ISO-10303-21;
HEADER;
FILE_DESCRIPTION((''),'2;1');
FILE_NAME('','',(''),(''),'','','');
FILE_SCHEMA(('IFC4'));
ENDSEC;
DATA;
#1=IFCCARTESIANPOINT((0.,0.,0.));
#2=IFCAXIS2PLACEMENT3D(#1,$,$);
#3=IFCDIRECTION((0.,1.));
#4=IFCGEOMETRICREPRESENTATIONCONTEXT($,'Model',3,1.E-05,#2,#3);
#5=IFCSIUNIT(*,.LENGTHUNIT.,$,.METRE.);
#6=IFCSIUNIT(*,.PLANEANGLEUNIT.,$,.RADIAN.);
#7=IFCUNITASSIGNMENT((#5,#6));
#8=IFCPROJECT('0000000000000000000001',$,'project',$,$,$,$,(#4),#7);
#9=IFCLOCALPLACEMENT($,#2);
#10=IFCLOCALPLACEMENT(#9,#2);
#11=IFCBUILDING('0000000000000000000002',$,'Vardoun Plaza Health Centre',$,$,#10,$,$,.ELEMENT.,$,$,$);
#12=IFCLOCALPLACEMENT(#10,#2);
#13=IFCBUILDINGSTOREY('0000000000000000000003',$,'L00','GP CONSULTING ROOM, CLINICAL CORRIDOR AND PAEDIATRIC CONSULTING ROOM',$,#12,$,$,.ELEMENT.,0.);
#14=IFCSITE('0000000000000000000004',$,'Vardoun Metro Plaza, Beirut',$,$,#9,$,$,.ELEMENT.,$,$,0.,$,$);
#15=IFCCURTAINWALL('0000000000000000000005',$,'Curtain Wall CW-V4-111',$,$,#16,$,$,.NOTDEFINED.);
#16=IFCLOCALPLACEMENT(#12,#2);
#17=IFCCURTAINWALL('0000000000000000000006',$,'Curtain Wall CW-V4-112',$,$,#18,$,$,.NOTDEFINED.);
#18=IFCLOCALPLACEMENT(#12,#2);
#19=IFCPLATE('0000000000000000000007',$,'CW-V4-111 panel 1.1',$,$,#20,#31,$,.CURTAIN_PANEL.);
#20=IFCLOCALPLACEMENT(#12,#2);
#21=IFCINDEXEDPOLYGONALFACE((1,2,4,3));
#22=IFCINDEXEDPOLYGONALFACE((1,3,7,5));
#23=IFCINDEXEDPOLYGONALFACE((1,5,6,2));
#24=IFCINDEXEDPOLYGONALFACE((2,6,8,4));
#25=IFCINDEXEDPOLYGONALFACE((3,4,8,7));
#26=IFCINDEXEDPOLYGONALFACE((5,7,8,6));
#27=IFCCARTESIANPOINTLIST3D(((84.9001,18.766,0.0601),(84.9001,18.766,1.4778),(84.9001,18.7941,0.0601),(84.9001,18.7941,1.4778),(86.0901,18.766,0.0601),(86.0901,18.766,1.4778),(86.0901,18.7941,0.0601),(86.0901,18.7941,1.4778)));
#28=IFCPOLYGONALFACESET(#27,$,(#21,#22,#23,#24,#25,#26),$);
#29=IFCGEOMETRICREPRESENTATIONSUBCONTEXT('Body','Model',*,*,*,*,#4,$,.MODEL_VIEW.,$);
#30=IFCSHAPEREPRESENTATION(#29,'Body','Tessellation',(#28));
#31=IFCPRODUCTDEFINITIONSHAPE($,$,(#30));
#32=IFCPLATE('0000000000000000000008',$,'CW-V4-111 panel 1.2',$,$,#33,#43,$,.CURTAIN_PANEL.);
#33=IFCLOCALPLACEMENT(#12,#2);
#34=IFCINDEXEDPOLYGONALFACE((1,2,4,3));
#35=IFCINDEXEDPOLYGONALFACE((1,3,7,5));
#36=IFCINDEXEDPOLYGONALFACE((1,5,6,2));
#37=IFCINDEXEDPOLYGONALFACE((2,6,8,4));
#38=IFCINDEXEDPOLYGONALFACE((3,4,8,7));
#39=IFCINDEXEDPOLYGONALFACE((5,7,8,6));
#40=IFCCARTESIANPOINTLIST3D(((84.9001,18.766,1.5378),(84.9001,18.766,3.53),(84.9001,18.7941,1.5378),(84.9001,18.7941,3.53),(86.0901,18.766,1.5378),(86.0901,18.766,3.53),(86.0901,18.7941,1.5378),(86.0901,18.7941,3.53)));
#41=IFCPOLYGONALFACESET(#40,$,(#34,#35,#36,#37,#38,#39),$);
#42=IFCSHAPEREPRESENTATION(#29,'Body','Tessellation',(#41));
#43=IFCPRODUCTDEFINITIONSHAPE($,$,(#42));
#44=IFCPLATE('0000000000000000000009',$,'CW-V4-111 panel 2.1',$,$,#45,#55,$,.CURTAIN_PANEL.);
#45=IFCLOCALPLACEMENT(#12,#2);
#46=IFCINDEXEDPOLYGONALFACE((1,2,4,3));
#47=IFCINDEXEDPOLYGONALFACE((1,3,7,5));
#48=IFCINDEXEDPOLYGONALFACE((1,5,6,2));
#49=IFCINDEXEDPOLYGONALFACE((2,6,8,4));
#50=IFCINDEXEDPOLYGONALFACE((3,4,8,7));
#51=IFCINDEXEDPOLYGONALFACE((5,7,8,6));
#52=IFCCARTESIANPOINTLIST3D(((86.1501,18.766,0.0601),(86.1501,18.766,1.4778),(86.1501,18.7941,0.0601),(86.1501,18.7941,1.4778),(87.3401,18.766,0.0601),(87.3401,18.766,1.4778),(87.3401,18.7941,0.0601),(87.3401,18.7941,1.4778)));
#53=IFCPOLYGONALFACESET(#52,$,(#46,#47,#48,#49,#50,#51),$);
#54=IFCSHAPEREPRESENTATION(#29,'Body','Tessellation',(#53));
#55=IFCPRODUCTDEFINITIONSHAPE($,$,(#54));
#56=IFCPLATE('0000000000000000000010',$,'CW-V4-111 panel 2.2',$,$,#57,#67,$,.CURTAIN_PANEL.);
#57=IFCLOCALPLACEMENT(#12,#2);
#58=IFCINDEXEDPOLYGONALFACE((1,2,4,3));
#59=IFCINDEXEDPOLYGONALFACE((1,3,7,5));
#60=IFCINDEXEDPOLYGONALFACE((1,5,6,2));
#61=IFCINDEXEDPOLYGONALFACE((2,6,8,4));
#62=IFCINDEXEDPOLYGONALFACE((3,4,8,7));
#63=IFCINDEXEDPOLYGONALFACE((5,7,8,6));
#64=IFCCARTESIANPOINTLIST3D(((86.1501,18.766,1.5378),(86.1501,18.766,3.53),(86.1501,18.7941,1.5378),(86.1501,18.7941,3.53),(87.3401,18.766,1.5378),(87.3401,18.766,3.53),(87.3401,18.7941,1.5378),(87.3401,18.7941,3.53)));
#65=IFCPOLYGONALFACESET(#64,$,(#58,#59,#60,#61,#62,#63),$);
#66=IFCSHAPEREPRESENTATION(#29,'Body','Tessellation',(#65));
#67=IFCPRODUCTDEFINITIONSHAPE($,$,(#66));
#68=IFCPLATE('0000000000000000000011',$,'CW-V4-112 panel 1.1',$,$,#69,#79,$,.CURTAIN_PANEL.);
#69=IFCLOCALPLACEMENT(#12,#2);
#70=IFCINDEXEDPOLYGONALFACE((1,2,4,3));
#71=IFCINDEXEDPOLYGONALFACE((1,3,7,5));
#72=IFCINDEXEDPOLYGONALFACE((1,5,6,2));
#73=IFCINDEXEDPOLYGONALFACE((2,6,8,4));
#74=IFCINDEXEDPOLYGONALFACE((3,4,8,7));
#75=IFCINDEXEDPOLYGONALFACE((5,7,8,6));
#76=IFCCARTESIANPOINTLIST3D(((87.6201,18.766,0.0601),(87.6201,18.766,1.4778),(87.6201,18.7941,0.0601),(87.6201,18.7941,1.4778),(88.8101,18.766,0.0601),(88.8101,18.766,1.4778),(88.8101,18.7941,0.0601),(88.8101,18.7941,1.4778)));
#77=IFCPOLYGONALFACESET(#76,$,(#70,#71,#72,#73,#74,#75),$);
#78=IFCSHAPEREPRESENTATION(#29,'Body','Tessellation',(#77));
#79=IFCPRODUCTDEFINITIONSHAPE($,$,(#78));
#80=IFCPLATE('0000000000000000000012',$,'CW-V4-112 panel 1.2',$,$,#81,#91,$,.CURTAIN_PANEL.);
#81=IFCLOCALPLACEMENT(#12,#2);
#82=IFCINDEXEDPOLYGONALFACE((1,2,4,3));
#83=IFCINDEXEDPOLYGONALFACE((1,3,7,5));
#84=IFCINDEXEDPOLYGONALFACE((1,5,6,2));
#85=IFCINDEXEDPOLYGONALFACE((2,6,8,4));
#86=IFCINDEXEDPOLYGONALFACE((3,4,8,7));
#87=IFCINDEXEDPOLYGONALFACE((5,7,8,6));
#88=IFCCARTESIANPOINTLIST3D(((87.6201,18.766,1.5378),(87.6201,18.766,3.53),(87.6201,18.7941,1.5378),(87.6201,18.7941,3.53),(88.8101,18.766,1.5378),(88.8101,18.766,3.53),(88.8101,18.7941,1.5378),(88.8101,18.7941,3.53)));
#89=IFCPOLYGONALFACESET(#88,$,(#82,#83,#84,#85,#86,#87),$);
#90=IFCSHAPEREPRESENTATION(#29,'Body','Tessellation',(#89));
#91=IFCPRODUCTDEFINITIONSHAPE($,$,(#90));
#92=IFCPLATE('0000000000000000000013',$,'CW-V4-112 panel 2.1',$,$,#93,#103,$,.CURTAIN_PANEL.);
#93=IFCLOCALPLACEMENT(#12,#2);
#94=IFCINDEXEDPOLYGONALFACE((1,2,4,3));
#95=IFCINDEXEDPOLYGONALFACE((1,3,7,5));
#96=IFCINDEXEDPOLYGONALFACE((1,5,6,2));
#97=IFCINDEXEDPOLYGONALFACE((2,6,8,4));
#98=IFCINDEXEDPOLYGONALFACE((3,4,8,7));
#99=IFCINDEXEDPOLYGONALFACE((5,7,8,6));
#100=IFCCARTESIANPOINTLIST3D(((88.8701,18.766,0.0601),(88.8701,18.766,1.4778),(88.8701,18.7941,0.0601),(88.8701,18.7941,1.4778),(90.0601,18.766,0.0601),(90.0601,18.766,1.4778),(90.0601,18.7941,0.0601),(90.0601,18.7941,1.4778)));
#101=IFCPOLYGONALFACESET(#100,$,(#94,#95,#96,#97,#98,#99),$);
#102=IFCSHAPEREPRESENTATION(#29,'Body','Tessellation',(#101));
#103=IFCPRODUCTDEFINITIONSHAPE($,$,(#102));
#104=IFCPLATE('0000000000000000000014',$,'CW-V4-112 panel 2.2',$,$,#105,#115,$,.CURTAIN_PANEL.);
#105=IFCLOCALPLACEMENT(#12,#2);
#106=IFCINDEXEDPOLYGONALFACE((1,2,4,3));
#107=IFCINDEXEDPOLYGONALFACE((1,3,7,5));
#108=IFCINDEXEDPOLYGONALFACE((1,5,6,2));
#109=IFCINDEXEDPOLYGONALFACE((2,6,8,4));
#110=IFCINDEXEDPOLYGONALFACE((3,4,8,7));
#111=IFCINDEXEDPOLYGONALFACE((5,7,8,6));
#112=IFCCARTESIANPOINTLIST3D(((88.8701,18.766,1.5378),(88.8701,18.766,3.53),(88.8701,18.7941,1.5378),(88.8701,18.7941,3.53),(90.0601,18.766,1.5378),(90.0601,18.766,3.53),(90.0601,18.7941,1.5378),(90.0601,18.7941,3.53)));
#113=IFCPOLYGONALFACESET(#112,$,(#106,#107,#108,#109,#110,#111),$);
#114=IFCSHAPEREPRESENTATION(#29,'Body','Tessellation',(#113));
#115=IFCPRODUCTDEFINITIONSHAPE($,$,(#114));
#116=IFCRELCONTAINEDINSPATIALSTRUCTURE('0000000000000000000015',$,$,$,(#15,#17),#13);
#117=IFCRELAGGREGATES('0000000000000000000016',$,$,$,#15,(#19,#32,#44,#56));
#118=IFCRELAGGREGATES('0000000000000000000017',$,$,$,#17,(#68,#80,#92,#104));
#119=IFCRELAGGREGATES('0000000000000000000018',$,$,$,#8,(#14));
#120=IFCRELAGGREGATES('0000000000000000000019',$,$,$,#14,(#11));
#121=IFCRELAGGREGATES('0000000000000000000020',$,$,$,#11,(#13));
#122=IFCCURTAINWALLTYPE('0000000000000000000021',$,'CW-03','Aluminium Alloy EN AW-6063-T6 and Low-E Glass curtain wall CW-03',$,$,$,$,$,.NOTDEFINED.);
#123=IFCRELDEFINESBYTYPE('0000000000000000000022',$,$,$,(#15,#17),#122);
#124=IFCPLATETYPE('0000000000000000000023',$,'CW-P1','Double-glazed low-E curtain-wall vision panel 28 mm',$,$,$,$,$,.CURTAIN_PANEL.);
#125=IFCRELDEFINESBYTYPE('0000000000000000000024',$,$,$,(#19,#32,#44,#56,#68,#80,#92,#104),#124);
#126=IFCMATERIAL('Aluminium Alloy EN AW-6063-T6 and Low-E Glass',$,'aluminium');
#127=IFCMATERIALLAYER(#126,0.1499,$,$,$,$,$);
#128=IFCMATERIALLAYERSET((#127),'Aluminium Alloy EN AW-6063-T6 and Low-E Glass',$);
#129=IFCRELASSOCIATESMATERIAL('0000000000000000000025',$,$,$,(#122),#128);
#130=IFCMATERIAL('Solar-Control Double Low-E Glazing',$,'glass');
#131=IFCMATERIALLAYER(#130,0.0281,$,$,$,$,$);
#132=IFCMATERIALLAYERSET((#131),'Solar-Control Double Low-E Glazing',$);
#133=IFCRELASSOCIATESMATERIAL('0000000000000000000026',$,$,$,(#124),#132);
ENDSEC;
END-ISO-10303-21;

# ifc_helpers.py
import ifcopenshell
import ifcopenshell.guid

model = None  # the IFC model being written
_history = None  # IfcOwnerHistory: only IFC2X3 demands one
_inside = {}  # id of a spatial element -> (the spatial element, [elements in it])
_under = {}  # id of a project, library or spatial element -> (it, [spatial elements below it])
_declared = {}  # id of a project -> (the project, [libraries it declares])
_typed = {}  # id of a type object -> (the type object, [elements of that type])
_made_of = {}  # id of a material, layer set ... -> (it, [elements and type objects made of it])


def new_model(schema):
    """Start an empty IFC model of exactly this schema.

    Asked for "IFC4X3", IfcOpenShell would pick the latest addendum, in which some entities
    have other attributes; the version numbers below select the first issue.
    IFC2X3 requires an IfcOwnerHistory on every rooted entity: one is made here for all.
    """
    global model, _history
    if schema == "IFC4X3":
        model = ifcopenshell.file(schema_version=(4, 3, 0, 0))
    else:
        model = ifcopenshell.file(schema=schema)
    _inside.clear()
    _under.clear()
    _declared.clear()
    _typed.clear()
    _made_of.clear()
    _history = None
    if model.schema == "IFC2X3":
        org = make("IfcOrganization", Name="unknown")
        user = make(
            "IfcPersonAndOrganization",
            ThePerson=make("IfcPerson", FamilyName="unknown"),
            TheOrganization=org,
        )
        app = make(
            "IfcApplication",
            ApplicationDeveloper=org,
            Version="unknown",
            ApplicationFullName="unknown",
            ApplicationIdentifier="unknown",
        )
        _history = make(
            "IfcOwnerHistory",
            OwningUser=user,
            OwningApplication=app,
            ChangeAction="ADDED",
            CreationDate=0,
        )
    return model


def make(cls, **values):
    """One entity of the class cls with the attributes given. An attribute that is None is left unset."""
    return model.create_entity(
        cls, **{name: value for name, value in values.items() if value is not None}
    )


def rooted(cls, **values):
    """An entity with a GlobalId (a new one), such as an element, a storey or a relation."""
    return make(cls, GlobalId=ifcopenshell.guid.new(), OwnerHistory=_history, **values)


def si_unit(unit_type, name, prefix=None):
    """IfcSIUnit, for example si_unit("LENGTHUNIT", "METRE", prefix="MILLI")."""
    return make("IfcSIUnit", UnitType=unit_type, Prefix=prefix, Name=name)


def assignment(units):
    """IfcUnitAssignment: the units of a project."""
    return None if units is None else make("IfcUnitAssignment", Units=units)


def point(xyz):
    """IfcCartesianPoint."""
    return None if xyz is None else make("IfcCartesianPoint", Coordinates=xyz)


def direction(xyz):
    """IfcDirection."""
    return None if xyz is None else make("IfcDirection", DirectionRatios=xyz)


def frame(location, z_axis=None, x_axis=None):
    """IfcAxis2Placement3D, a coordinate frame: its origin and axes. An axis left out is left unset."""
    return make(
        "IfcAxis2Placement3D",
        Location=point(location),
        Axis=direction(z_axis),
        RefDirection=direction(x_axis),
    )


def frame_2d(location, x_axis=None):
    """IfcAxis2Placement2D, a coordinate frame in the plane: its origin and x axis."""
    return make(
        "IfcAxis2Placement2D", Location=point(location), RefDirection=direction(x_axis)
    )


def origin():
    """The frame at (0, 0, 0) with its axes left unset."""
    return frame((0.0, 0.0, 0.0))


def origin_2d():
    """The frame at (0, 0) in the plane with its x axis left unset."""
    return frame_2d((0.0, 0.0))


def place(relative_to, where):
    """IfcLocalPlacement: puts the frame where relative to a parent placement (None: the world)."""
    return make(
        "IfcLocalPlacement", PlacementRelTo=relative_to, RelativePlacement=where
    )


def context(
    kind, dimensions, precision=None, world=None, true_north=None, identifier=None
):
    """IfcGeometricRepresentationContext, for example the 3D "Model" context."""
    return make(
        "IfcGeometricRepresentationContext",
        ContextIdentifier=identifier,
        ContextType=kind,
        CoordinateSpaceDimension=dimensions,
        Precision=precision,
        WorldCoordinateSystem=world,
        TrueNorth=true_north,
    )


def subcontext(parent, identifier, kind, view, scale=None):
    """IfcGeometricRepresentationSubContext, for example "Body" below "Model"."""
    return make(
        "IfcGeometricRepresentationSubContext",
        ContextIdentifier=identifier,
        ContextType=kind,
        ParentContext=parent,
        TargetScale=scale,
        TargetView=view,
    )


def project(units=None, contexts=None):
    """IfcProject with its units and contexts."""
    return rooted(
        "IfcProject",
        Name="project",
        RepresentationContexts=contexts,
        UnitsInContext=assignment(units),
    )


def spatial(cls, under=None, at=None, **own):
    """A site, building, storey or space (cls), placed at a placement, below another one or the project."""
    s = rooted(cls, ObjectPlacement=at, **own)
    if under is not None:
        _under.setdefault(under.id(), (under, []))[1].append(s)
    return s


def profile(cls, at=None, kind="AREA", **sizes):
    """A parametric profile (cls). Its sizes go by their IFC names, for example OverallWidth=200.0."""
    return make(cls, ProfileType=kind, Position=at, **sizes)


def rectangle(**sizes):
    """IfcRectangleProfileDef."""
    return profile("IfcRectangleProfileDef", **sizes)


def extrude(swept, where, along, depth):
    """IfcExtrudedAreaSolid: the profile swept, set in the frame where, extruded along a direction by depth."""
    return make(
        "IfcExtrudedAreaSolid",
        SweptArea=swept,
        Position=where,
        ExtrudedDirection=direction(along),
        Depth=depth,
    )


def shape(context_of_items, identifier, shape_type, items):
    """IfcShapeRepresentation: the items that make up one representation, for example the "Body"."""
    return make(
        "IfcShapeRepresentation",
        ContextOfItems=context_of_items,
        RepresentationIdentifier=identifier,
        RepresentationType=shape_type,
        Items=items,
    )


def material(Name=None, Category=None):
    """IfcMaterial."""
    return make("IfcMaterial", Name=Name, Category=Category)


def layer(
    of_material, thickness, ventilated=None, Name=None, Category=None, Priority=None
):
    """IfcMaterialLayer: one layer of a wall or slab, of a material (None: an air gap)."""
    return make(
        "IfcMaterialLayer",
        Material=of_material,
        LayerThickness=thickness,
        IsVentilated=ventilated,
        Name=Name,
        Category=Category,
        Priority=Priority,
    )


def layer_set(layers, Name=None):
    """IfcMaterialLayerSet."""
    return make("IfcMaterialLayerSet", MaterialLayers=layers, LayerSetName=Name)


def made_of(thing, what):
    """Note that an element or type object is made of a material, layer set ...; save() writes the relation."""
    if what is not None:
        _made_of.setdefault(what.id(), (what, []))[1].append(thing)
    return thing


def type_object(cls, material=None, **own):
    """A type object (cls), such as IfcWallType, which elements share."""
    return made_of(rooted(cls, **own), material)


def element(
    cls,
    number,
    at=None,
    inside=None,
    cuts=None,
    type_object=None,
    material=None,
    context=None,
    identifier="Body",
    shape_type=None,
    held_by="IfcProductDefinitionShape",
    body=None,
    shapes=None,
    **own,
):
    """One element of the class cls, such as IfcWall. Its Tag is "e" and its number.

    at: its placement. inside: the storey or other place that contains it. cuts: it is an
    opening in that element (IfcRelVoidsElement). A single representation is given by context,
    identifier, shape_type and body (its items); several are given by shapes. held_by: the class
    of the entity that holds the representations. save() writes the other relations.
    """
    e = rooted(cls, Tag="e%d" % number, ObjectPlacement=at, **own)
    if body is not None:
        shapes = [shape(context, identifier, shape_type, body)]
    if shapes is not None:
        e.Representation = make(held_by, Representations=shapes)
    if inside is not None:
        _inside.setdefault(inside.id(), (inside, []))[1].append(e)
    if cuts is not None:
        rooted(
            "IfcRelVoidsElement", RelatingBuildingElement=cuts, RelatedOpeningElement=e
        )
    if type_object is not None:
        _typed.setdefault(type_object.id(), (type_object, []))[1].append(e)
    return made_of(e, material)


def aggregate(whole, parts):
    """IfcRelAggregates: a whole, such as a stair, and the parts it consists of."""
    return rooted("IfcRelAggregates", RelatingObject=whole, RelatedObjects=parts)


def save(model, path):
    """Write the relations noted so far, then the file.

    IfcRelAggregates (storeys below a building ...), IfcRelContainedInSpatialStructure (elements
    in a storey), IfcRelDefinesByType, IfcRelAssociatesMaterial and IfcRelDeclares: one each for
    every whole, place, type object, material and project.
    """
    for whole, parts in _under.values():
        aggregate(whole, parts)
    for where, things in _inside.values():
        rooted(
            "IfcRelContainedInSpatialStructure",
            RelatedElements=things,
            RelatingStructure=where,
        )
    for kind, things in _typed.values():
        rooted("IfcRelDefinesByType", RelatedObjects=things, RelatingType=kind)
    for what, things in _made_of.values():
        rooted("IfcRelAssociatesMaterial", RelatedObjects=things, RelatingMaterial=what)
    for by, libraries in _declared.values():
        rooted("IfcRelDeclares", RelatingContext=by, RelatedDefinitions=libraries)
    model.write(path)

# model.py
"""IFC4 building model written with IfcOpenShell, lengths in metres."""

from ifc_helpers import new_model, si_unit, direction, frame, origin, origin_2d, place, context, subcontext, project, spatial, rectangle, extrude, material, layer, layer_set, type_object, element, aggregate, save


model = new_model("IFC4")

# Units and contexts
model_context = context("Model", 3, precision=1e-05, world=origin(), true_north=direction((0.0, 1.0)))
body_context = subcontext(model_context, "Body", "Model", "MODEL_VIEW")
ifc_project = project(units=[si_unit("LENGTHUNIT", "METRE"), si_unit("PLANEANGLEUNIT", "RADIAN")], contexts=[model_context])

# Site, building, storey
site_placement = place(None, origin())
site = spatial("IfcSite", under=ifc_project, at=site_placement, Name="Vardoun Metro Plaza, Beirut", CompositionType="ELEMENT", RefElevation=0.0)
building_placement = place(site_placement, origin())
building = spatial("IfcBuilding", under=site, at=building_placement, Name="Vardoun Plaza Health Centre", CompositionType="ELEMENT")
storey_placement = place(building_placement, origin())
storey = spatial("IfcBuildingStorey", under=building, at=storey_placement, Name="L00", Description="GP CONSULTING ROOM, CLINICAL CORRIDOR AND PAEDIATRIC CONSULTING ROOM", CompositionType="ELEMENT", Elevation=0.0)

# Curtain walls
ifc_material_1 = material(Name="Aluminium Alloy EN AW-6063-T6 and Low-E Glass", Category="aluminium")
ifc_layer_1 = layer(ifc_material_1, 0.1499)
ifc_layer_set_1 = layer_set([ifc_layer_1], Name="Aluminium Alloy EN AW-6063-T6 and Low-E Glass")
curtain_wall_type = type_object("IfcCurtainWallType", Name="CW-03", Description="Aluminium Alloy EN AW-6063-T6 and Low-E Glass curtain wall CW-03", PredefinedType="NOTDEFINED", material=ifc_layer_set_1)
curtain_wall_1_placement = place(storey_placement, origin())
curtain_wall_1 = element("IfcCurtainWall", 1, at=curtain_wall_1_placement, inside=storey, type_object=curtain_wall_type, Name="Curtain Wall CW-V4-111", PredefinedType="NOTDEFINED")
curtain_wall_2_placement = place(storey_placement, origin())
curtain_wall_2 = element("IfcCurtainWall", 2, at=curtain_wall_2_placement, inside=storey, type_object=curtain_wall_type, Name="Curtain Wall CW-V4-112", PredefinedType="NOTDEFINED")

# Plates
ifc_material_2 = material(Name="Solar-Control Double Low-E Glazing", Category="glass")
ifc_layer_2 = layer(ifc_material_2, 0.0281)
ifc_layer_set_2 = layer_set([ifc_layer_2], Name="Solar-Control Double Low-E Glazing")
plate_type = type_object("IfcPlateType", Name="CW-P1", Description="Double-glazed low-E curtain-wall vision panel 28 mm", PredefinedType="CURTAIN_PANEL", material=ifc_layer_set_2)
plate_1_placement = place(storey_placement, frame((85.4951, 18.78, 0.0601), z_axis=(0.0, 0.0, 1.0), x_axis=(1.0, 0.0, 0.0)))
plate_1 = element("IfcPlate", 3, at=plate_1_placement, type_object=plate_type, Name="CW-V4-111 panel 1.1", PredefinedType="CURTAIN_PANEL", context=body_context, shape_type="SweptSolid", body=[
    extrude(rectangle(XDim=1.1899, YDim=0.0281, at=origin_2d()), origin(), (0.0, 0.0, 1.0), 1.4177),
])
plate_2_placement = place(storey_placement, frame((85.4951, 18.78, 1.5378), z_axis=(0.0, 0.0, 1.0), x_axis=(1.0, 0.0, 0.0)))
plate_2 = element("IfcPlate", 4, at=plate_2_placement, type_object=plate_type, Name="CW-V4-111 panel 1.2", PredefinedType="CURTAIN_PANEL", context=body_context, shape_type="SweptSolid", body=[
    extrude(rectangle(XDim=1.1899, YDim=0.0281, at=origin_2d()), origin(), (0.0, 0.0, 1.0), 1.9922),
])
plate_3_placement = place(storey_placement, frame((86.7451, 18.78, 0.0601), z_axis=(0.0, 0.0, 1.0), x_axis=(1.0, 0.0, 0.0)))
plate_3 = element("IfcPlate", 5, at=plate_3_placement, type_object=plate_type, Name="CW-V4-111 panel 2.1", PredefinedType="CURTAIN_PANEL", context=body_context, shape_type="SweptSolid", body=[
    extrude(rectangle(XDim=1.1899, YDim=0.0281, at=origin_2d()), origin(), (0.0, 0.0, 1.0), 1.4177),
])
plate_4_placement = place(storey_placement, frame((86.7451, 18.78, 1.5378), z_axis=(0.0, 0.0, 1.0), x_axis=(1.0, 0.0, 0.0)))
plate_4 = element("IfcPlate", 6, at=plate_4_placement, type_object=plate_type, Name="CW-V4-111 panel 2.2", PredefinedType="CURTAIN_PANEL", context=body_context, shape_type="SweptSolid", body=[
    extrude(rectangle(XDim=1.1899, YDim=0.0281, at=origin_2d()), origin(), (0.0, 0.0, 1.0), 1.9922),
])
aggregate(curtain_wall_1, [plate_1, plate_2, plate_3, plate_4])
plate_5_placement = place(storey_placement, frame((88.2151, 18.78, 0.0601), z_axis=(0.0, 0.0, 1.0), x_axis=(1.0, 0.0, 0.0)))
plate_5 = element("IfcPlate", 7, at=plate_5_placement, type_object=plate_type, Name="CW-V4-112 panel 1.1", PredefinedType="CURTAIN_PANEL", context=body_context, shape_type="SweptSolid", body=[
    extrude(rectangle(XDim=1.1899, YDim=0.0281, at=origin_2d()), origin(), (0.0, 0.0, 1.0), 1.4177),
])
plate_6_placement = place(storey_placement, frame((88.2151, 18.78, 1.5378), z_axis=(0.0, 0.0, 1.0), x_axis=(1.0, 0.0, 0.0)))
plate_6 = element("IfcPlate", 8, at=plate_6_placement, type_object=plate_type, Name="CW-V4-112 panel 1.2", PredefinedType="CURTAIN_PANEL", context=body_context, shape_type="SweptSolid", body=[
    extrude(rectangle(XDim=1.1899, YDim=0.0281, at=origin_2d()), origin(), (0.0, 0.0, 1.0), 1.9922),
])
plate_7_placement = place(storey_placement, frame((89.4651, 18.78, 0.0601), z_axis=(0.0, 0.0, 1.0), x_axis=(1.0, 0.0, 0.0)))
plate_7 = element("IfcPlate", 9, at=plate_7_placement, type_object=plate_type, Name="CW-V4-112 panel 2.1", PredefinedType="CURTAIN_PANEL", context=body_context, shape_type="SweptSolid", body=[
    extrude(rectangle(XDim=1.1899, YDim=0.0281, at=origin_2d()), origin(), (0.0, 0.0, 1.0), 1.4177),
])
plate_8_placement = place(storey_placement, frame((89.4651, 18.78, 1.5378), z_axis=(0.0, 0.0, 1.0), x_axis=(1.0, 0.0, 0.0)))
plate_8 = element("IfcPlate", 10, at=plate_8_placement, type_object=plate_type, Name="CW-V4-112 panel 2.2", PredefinedType="CURTAIN_PANEL", context=body_context, shape_type="SweptSolid", body=[
    extrude(rectangle(XDim=1.1899, YDim=0.0281, at=origin_2d()), origin(), (0.0, 0.0, 1.0), 1.9922),
])
aggregate(curtain_wall_2, [plate_5, plate_6, plate_7, plate_8])

save(model, "model.ifc")
